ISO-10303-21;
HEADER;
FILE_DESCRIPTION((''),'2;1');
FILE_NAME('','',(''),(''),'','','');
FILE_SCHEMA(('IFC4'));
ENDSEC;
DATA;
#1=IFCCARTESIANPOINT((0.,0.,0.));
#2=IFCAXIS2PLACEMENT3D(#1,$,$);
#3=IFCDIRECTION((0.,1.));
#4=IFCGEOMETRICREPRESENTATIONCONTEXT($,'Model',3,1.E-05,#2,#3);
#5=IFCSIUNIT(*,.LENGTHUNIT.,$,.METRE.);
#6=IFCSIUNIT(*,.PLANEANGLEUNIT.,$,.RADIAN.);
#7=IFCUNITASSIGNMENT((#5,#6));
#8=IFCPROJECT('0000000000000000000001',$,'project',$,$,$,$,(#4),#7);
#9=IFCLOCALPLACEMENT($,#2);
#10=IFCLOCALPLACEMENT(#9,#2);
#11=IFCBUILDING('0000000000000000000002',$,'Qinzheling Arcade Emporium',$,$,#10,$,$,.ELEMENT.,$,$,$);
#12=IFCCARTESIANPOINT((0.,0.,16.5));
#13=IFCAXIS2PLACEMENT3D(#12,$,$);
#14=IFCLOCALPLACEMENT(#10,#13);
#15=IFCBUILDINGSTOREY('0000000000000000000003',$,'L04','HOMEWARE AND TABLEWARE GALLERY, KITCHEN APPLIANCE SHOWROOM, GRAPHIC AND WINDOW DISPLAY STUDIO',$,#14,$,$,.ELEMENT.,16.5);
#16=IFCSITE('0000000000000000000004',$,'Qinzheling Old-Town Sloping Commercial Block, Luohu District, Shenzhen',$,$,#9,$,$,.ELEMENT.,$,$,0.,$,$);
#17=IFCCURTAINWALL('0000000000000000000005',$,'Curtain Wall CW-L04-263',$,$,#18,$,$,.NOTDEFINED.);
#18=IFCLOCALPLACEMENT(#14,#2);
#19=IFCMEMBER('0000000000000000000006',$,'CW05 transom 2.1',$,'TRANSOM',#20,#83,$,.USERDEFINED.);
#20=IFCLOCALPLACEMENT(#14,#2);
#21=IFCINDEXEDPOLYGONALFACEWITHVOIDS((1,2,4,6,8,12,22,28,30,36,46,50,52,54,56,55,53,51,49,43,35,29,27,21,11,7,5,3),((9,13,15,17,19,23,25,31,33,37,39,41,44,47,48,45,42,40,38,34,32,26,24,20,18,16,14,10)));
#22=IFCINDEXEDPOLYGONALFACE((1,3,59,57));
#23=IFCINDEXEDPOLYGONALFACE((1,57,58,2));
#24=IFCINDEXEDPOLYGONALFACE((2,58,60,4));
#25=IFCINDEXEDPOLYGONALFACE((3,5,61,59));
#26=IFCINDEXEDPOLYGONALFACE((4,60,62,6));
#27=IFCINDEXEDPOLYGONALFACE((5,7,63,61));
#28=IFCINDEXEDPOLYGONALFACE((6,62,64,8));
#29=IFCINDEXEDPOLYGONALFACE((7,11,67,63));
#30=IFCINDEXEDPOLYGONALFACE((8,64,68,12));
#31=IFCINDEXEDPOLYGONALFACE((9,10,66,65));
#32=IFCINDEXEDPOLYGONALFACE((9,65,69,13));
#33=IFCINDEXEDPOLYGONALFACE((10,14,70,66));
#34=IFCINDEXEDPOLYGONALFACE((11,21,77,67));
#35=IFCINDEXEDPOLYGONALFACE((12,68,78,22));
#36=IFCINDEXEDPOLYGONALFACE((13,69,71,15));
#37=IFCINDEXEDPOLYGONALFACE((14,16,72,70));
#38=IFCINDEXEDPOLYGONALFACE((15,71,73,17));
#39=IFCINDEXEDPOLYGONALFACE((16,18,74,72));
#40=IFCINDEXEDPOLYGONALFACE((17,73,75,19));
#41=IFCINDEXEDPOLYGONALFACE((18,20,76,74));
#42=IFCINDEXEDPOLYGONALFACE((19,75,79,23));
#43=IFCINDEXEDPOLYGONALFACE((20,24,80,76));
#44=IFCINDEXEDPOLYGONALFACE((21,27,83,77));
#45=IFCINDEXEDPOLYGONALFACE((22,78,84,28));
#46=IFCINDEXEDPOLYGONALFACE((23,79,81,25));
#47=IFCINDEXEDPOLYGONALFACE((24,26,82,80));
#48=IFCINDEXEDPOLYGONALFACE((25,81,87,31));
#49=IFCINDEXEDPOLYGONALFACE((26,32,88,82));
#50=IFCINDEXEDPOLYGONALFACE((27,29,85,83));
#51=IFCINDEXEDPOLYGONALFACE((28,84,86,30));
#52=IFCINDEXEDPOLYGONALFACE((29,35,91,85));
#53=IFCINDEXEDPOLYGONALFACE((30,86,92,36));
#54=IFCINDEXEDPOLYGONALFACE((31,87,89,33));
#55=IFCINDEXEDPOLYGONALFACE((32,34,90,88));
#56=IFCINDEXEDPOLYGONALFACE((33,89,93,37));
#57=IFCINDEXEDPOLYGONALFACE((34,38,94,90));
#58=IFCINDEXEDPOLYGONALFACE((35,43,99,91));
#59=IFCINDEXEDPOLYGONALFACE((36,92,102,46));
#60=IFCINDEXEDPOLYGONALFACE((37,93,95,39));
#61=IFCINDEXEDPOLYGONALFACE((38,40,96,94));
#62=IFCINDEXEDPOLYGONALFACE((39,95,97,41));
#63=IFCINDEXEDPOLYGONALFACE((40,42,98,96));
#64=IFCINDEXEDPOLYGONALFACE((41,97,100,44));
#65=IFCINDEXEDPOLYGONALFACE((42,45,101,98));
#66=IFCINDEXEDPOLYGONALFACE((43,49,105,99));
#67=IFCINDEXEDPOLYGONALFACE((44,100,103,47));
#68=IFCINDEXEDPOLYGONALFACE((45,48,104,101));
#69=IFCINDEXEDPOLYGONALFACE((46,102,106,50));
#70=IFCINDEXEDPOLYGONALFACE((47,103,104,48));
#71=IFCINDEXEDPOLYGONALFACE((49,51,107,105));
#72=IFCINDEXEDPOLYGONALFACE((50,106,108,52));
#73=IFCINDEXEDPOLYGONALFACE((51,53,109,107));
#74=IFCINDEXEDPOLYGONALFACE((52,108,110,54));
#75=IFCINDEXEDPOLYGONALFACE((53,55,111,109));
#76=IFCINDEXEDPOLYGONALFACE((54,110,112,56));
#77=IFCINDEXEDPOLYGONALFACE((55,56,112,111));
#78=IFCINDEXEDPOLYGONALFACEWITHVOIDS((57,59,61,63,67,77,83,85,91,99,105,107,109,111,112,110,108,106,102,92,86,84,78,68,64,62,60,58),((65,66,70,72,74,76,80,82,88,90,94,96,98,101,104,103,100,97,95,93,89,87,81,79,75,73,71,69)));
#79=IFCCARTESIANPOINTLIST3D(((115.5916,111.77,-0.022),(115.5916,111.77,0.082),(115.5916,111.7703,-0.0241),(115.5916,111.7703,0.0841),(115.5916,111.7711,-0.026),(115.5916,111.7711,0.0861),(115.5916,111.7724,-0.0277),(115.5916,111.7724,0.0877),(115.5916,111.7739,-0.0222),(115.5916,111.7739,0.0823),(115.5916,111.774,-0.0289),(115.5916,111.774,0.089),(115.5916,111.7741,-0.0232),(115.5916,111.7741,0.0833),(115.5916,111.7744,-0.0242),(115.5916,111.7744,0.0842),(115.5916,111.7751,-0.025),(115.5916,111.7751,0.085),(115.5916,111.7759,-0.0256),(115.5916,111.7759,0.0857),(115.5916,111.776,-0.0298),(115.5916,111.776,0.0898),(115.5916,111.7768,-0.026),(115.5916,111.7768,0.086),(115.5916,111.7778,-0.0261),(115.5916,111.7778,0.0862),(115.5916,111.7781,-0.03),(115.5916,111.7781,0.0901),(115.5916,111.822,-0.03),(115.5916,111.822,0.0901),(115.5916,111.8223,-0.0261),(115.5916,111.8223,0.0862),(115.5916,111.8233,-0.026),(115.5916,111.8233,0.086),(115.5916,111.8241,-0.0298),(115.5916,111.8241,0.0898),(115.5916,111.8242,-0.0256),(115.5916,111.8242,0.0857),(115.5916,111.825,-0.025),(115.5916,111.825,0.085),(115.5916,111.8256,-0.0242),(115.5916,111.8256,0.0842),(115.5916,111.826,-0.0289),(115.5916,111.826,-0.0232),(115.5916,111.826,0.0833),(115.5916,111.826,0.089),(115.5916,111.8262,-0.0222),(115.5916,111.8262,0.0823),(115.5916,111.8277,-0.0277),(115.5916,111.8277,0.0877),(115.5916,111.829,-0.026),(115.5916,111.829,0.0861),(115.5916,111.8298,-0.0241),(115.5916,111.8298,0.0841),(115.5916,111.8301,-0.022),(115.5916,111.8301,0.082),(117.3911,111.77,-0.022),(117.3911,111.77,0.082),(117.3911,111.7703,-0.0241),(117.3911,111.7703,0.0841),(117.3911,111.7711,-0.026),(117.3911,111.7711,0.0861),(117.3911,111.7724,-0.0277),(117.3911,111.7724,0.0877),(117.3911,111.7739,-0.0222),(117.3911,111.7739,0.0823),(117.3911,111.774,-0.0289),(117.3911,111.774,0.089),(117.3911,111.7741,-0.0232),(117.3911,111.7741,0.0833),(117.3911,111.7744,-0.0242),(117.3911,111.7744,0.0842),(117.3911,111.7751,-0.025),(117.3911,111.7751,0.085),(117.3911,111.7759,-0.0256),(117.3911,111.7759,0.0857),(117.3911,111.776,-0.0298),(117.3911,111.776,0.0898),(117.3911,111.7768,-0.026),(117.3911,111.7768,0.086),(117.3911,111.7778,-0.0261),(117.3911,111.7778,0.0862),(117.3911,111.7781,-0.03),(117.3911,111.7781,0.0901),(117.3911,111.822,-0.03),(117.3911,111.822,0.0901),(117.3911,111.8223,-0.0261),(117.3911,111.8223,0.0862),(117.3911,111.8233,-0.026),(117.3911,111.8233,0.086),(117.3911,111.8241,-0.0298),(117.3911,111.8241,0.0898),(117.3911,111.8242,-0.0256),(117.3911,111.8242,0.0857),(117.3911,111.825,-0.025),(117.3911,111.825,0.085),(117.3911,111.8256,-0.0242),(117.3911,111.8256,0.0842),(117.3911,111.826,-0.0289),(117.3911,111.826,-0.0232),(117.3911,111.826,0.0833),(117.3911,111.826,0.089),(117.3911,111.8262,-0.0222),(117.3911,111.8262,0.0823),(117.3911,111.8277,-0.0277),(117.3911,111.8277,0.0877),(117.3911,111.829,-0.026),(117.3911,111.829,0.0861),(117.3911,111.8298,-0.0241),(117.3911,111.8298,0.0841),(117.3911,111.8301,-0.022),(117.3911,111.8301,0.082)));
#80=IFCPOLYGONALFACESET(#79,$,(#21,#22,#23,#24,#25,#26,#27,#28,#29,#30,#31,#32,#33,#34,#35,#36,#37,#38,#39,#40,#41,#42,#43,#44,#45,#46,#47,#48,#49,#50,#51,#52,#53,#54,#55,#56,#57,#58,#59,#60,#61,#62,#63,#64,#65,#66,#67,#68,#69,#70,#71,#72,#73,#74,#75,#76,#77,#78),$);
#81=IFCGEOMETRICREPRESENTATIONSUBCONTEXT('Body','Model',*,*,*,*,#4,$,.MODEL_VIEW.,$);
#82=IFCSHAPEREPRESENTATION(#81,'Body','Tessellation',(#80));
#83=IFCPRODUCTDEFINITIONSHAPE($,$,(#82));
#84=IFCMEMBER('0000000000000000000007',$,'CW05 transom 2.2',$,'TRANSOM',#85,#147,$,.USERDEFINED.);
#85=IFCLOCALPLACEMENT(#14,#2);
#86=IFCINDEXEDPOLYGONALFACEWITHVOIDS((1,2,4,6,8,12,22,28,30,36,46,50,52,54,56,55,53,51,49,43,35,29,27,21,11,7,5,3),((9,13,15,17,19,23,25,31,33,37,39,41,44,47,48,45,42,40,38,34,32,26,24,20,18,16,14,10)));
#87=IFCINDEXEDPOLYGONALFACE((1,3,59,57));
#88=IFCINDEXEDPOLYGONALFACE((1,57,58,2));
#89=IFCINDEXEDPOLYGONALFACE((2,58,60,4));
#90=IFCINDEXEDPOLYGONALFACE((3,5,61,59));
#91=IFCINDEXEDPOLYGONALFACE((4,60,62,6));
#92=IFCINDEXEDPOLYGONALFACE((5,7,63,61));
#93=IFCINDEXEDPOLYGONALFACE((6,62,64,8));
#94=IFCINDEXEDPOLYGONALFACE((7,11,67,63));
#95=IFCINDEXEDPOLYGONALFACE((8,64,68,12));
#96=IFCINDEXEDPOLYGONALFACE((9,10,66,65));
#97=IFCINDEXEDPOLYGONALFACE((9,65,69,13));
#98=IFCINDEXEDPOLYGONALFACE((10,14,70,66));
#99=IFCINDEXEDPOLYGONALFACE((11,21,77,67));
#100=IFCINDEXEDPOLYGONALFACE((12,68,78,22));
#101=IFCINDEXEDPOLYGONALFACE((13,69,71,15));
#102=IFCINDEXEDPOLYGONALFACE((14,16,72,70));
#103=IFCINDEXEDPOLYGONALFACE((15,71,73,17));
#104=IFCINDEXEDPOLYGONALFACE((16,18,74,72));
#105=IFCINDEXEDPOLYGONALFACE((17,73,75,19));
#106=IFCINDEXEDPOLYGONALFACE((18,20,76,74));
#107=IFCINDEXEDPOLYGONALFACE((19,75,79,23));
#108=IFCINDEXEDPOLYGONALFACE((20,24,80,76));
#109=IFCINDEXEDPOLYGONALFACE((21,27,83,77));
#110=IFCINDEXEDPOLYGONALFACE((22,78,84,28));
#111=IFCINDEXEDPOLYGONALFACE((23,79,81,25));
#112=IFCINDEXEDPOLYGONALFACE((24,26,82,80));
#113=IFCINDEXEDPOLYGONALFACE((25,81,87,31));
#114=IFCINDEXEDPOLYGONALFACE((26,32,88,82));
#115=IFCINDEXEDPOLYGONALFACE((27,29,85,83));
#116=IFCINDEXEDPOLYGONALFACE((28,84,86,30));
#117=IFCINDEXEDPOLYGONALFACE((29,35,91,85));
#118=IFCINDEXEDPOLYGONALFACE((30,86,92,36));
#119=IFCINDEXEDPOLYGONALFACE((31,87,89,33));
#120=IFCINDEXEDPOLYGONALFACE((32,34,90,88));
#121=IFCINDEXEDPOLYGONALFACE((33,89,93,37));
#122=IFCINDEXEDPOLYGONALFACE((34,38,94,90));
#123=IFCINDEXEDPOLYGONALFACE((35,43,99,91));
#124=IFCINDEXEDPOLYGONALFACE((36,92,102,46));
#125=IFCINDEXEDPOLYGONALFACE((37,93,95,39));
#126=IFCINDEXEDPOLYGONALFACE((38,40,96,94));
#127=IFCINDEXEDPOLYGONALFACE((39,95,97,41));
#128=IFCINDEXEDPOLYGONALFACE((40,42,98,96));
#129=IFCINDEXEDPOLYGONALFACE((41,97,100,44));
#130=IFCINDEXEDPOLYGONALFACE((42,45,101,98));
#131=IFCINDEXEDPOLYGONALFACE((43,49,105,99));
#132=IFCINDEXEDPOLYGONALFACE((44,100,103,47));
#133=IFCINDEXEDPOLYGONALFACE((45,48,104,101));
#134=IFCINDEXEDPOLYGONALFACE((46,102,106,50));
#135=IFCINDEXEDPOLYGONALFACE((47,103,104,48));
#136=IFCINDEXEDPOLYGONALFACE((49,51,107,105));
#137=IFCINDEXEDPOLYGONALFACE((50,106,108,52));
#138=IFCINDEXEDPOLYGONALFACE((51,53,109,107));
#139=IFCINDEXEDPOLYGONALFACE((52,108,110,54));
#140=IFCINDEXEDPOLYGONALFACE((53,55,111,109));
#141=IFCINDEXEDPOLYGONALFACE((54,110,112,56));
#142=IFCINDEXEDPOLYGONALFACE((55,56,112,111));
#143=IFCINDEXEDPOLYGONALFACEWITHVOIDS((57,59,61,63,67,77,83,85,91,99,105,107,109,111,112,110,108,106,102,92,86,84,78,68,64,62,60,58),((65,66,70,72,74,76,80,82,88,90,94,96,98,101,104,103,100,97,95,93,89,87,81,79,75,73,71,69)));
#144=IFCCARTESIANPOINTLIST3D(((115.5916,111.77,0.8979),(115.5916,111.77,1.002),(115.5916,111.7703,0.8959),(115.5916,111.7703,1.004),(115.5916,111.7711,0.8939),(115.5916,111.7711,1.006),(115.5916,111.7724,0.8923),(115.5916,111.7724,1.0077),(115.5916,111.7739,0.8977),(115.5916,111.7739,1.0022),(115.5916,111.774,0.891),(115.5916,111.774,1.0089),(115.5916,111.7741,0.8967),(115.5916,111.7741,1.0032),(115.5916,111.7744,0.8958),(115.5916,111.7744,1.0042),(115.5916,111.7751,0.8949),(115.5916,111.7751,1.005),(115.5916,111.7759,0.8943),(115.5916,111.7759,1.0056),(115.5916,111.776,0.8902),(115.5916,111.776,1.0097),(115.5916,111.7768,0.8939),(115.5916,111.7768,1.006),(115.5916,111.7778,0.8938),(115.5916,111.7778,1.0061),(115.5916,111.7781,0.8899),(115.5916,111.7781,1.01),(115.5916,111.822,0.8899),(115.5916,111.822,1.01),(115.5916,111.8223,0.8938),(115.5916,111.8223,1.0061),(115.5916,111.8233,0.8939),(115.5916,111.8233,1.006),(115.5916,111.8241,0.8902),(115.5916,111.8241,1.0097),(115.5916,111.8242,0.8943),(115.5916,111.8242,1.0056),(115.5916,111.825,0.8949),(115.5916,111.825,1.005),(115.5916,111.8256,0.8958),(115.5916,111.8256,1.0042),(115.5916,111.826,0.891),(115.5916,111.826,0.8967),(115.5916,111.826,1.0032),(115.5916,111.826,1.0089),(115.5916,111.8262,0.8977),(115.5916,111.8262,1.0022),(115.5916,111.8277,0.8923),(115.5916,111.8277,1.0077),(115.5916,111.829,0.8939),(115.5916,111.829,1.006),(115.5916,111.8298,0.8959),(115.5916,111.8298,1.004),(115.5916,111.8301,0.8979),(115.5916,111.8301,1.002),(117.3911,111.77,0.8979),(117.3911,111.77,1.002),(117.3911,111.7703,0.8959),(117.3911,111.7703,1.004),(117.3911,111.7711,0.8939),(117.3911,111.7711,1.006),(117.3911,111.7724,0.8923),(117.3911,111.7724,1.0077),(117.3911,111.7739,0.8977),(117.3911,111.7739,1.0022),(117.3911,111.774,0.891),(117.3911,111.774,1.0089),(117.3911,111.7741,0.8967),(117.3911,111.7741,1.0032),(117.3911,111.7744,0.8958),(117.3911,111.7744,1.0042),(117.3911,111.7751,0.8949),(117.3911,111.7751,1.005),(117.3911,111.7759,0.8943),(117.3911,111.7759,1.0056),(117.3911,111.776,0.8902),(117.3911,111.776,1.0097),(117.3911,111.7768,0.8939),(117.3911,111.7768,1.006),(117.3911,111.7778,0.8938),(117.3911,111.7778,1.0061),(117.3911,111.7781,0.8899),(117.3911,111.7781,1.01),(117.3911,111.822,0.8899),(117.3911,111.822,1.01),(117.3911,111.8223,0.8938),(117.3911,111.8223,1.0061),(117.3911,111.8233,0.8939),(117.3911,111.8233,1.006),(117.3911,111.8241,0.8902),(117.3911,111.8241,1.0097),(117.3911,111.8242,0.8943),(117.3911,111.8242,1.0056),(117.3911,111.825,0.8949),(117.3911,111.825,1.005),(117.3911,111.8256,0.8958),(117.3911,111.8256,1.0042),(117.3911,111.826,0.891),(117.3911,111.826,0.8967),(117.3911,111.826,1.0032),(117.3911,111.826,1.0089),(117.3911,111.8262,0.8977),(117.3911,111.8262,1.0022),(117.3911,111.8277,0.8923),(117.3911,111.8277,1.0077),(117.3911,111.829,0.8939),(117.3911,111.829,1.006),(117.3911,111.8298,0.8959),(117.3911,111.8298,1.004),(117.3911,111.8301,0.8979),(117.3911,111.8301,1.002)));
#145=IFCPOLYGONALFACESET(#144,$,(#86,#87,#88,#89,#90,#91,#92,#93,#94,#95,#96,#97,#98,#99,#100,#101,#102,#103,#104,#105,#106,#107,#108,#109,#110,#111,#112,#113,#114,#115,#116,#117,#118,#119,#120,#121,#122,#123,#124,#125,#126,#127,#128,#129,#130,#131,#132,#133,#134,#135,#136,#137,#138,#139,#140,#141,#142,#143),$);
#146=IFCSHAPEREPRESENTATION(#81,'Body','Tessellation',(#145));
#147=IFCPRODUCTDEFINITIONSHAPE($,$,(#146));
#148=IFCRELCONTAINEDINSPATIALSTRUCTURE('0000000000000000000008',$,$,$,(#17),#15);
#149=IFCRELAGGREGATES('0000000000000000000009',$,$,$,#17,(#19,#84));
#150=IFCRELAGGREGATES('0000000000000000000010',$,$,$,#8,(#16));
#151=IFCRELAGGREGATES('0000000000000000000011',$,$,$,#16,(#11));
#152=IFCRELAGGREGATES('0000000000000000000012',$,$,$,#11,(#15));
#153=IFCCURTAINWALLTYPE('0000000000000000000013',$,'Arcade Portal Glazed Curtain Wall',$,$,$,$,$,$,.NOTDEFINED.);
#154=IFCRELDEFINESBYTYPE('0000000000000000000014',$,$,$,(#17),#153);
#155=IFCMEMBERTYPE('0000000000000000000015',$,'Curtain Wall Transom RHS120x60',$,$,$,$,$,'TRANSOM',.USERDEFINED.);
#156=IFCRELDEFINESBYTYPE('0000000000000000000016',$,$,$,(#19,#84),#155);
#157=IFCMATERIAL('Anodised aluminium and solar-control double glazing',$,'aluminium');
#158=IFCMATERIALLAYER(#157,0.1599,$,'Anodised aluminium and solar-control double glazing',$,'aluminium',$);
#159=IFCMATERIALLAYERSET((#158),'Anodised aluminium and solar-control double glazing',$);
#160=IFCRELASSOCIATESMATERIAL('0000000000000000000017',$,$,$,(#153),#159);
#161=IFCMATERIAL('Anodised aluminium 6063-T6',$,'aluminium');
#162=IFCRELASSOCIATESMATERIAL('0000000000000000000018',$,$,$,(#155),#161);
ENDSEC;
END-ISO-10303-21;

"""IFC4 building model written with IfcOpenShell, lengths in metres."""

from ifc_helpers import new_model, si_unit, direction, frame, origin, origin_2d, place, context, subcontext, project, spatial, hollow_rectangle, extrude, material, layer, layer_set, material_profile, profile_set, type_object, element, aggregate, save


model = new_model("IFC4")

# Units and contexts
model_context = context("Model", 3, precision=1e-05, world=origin(), true_north=direction((0.0, 1.0)))
body_context = subcontext(model_context, "Body", "Model", "MODEL_VIEW")
ifc_project = project(units=[si_unit("LENGTHUNIT", "METRE"), si_unit("PLANEANGLEUNIT", "RADIAN")], contexts=[model_context])

# Site, building, storey
site_placement = place(None, origin())
site = spatial("IfcSite", under=ifc_project, at=site_placement, Name="Qinzheling Old-Town Sloping Commercial Block, Luohu District, Shenzhen", CompositionType="ELEMENT", RefElevation=0.0)
building_placement = place(site_placement, origin())
building = spatial("IfcBuilding", under=site, at=building_placement, Name="Qinzheling Arcade Emporium", CompositionType="ELEMENT")
storey_placement = place(building_placement, frame((0.0, 0.0, 16.5)))
storey = spatial("IfcBuildingStorey", under=building, at=storey_placement, Name="L04", Description="HOMEWARE AND TABLEWARE GALLERY, KITCHEN APPLIANCE SHOWROOM, GRAPHIC AND WINDOW DISPLAY STUDIO", CompositionType="ELEMENT", Elevation=16.5)

# Curtain wall, members
ifc_material_1 = material(Name="Anodised aluminium and solar-control double glazing", Category="aluminium")
ifc_layer_1 = layer(ifc_material_1, 0.1599, Name="Anodised aluminium and solar-control double glazing", Category="aluminium")
ifc_layer_set_1 = layer_set([ifc_layer_1], Name="Anodised aluminium and solar-control double glazing")
curtain_wall_type = type_object("IfcCurtainWallType", Name="Arcade Portal Glazed Curtain Wall", PredefinedType="NOTDEFINED", material=ifc_layer_set_1)
curtain_wall_placement = place(storey_placement, origin())
curtain_wall = element("IfcCurtainWall", 1, at=curtain_wall_placement, inside=storey, type_object=curtain_wall_type, Name="Curtain Wall CW-L04-263", PredefinedType="NOTDEFINED")
ifc_material_2 = material(Name="Anodised aluminium 6063-T6", Category="aluminium")
ifc_material_profile_1 = material_profile(ifc_material_2, hollow_rectangle(XDim=0.0601, YDim=0.1201, WallThickness=0.0039, InnerFilletRadius=0.0039, OuterFilletRadius=0.0081, at=origin_2d()), Name="RHS 120x60x4", Category="aluminium")
ifc_profile_set_1 = profile_set([ifc_material_profile_1], Name="Anodised aluminium 6063-T6")
member_type_1 = type_object("IfcMemberType", Name="Curtain Wall Transom RHS120x60", ElementType="TRANSOM", PredefinedType="USERDEFINED", material=ifc_profile_set_1)
member_1_placement = place(storey_placement, frame((115.5916, 111.8, 0.03), z_axis=(1.0, 0.0, 0.0), x_axis=(0.0, 1.0, 0.0)))
member_1 = element("IfcMember", 2, at=member_1_placement, type_object=member_type_1, Name="CW05 transom 2.1", ObjectType="TRANSOM", PredefinedType="USERDEFINED", context=body_context, shape_type="SweptSolid", body=[
    extrude(hollow_rectangle(XDim=0.0601, YDim=0.1201, WallThickness=0.0039, InnerFilletRadius=0.0039, OuterFilletRadius=0.0081, at=origin_2d()), origin(), (0.0, 0.0, 1.0), 1.7996),
])
member_2_placement = place(storey_placement, frame((115.5916, 111.8, 0.95), z_axis=(1.0, 0.0, 0.0), x_axis=(0.0, 1.0, 0.0)))
member_2 = element("IfcMember", 3, at=member_2_placement, type_object=member_type_1, Name="CW05 transom 2.2", ObjectType="TRANSOM", PredefinedType="USERDEFINED", context=body_context, shape_type="SweptSolid", body=[
    extrude(hollow_rectangle(XDim=0.0601, YDim=0.1201, WallThickness=0.0039, InnerFilletRadius=0.0039, OuterFilletRadius=0.0081, at=origin_2d()), origin(), (0.0, 0.0, 1.0), 1.7996),
])
aggregate(curtain_wall, [member_1, member_2])

save(model, "model.ifc")
